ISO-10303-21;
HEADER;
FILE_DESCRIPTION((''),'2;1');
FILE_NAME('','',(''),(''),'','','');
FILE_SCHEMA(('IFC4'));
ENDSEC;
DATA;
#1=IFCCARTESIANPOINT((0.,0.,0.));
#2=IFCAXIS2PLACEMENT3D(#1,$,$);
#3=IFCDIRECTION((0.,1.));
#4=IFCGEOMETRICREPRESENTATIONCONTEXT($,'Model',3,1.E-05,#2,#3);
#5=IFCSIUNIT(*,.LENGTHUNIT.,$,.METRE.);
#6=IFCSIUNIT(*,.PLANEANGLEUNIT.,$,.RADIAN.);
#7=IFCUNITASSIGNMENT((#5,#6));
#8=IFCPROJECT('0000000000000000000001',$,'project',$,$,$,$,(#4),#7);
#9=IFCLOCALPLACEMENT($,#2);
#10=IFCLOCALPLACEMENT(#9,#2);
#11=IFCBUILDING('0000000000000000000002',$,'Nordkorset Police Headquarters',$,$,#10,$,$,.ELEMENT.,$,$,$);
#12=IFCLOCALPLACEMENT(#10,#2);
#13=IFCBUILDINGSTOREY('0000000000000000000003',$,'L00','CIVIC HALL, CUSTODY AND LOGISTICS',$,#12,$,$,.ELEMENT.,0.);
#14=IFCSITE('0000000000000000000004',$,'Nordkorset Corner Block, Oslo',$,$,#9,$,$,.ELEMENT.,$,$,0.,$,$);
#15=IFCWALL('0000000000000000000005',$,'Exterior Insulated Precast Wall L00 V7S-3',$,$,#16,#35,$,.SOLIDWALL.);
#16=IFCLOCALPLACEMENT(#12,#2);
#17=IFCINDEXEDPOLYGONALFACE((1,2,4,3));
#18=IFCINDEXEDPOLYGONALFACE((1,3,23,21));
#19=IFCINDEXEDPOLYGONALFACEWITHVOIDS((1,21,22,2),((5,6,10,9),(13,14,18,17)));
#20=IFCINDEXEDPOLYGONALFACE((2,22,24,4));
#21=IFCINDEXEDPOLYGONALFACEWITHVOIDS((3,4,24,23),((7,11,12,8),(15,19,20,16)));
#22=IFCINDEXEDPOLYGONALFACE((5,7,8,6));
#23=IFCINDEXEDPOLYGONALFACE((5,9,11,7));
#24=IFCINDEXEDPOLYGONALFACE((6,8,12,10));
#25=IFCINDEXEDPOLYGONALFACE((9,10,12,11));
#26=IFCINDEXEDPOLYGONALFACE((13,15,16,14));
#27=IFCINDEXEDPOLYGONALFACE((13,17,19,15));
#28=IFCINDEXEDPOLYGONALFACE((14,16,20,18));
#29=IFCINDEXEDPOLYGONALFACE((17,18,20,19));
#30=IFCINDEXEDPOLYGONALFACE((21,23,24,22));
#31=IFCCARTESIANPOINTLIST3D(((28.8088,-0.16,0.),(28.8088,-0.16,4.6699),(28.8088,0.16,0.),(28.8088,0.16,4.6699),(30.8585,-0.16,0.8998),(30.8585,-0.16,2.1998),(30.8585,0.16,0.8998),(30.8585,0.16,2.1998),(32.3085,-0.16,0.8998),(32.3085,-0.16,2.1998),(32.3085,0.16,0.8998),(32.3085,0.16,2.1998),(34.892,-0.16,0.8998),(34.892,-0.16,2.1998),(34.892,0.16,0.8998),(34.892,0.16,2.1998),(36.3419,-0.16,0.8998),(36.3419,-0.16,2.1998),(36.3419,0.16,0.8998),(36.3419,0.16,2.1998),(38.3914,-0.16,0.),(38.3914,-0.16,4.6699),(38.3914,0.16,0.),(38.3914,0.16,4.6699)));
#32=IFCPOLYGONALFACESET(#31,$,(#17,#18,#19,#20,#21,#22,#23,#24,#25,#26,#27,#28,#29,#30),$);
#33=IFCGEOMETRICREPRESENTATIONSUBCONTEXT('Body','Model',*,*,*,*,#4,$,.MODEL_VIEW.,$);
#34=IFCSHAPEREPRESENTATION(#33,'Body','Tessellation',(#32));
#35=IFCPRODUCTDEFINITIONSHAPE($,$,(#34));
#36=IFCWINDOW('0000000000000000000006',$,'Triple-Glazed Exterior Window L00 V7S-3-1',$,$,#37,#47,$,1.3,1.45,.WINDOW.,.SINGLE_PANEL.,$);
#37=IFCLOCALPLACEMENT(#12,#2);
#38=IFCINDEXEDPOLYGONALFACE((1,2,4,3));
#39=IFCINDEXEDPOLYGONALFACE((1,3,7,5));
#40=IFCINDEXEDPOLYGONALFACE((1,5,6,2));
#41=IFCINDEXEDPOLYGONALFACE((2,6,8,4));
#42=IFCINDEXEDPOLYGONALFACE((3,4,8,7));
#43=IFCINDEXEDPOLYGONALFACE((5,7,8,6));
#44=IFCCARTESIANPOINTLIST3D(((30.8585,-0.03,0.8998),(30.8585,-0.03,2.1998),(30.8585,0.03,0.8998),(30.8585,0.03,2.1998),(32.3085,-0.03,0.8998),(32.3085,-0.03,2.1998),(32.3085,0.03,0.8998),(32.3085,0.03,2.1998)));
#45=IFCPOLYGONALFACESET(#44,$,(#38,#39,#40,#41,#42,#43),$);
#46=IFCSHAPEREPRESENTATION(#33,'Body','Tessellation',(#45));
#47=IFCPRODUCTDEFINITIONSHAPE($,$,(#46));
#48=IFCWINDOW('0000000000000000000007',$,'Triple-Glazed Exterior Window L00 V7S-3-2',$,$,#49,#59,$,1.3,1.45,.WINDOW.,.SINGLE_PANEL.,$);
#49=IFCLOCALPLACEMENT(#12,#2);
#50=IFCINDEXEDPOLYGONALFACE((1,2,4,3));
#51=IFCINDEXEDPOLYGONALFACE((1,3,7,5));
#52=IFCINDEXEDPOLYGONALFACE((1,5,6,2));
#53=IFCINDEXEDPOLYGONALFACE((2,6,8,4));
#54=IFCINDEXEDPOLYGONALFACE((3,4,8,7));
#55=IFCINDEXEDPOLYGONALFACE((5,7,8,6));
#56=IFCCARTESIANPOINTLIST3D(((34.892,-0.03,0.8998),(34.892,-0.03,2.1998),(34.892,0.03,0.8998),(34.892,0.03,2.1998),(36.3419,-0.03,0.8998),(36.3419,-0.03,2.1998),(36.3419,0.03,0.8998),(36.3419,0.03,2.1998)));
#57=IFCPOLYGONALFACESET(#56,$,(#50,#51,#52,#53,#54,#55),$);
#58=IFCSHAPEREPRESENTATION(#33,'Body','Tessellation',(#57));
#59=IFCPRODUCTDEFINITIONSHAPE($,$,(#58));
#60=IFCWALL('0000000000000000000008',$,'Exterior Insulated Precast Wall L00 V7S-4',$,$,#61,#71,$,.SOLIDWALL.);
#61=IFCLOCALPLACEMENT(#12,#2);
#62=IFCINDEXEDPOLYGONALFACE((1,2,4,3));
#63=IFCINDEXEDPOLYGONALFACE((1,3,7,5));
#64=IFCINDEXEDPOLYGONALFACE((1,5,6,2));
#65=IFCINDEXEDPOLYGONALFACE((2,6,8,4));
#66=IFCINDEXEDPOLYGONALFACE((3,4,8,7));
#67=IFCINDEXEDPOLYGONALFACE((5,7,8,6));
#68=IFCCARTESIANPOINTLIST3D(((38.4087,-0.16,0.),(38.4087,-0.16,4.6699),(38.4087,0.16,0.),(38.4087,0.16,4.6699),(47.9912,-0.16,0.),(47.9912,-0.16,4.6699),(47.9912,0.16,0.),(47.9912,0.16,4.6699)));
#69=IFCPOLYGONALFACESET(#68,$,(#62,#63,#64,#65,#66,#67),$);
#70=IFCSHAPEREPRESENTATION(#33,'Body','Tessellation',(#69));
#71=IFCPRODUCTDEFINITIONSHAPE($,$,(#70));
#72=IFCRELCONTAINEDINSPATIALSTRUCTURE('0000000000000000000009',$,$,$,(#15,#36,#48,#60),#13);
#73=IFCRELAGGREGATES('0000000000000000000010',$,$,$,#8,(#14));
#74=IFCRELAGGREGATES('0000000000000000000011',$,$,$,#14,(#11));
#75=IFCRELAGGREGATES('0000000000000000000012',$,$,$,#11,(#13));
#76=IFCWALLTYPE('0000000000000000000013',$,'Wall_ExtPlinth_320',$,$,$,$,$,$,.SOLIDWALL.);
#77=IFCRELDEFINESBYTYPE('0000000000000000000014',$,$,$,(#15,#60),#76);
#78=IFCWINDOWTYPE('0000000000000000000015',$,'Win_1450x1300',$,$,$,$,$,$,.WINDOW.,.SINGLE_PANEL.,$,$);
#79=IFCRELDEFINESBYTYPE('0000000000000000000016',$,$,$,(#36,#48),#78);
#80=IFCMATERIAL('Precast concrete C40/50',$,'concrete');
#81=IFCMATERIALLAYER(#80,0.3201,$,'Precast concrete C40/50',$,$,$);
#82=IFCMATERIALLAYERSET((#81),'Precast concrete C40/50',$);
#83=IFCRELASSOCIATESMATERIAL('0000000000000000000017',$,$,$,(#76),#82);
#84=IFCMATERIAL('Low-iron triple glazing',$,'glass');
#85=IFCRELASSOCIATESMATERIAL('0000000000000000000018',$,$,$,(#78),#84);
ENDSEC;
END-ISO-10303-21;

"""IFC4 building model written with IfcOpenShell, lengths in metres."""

from ifc_helpers import new_model, si_unit, direction, frame, frame_2d, origin, place, context, subcontext, project, spatial, rectangle, extrude, material, layer, layer_set, type_object, element, fill, save


model = new_model("IFC4")

# Units and contexts
model_context = context("Model", 3, precision=1e-05, world=origin(), true_north=direction((0.0, 1.0)))
body_context = subcontext(model_context, "Body", "Model", "MODEL_VIEW")
ifc_project = project(units=[si_unit("LENGTHUNIT", "METRE"), si_unit("PLANEANGLEUNIT", "RADIAN")], contexts=[model_context])

# Site, building, storey
site_placement = place(None, origin())
site = spatial("IfcSite", under=ifc_project, at=site_placement, Name="Nordkorset Corner Block, Oslo", CompositionType="ELEMENT", RefElevation=0.0)
building_placement = place(site_placement, origin())
building = spatial("IfcBuilding", under=site, at=building_placement, Name="Nordkorset Police Headquarters", CompositionType="ELEMENT")
storey_placement = place(building_placement, origin())
storey = spatial("IfcBuildingStorey", under=building, at=storey_placement, Name="L00", Description="CIVIC HALL, CUSTODY AND LOGISTICS", CompositionType="ELEMENT", Elevation=0.0)

# Shared definitions
ifc_material_1 = material(Name="Precast concrete C40/50", Category="concrete")
ifc_layer_1 = layer(ifc_material_1, 0.3201, Name="Precast concrete C40/50")
ifc_layer_set_1 = layer_set([ifc_layer_1], Name="Precast concrete C40/50")
wall_type = type_object("IfcWallType", Name="Wall_ExtPlinth_320", PredefinedType="SOLIDWALL", material=ifc_layer_set_1)

# Wall, openings, windows
wall_1_placement = place(storey_placement, frame((28.8088, 0.0, 0.0), z_axis=(0.0, 0.0, 1.0), x_axis=(1.0, 0.0, 0.0)))
wall_1 = element("IfcWall", 1, at=wall_1_placement, inside=storey, type_object=wall_type, Name="Exterior Insulated Precast Wall L00 V7S-3", PredefinedType="SOLIDWALL", context=body_context, shape_type="SweptSolid", body=[
    extrude(rectangle(XDim=9.5825, YDim=0.3201, at=frame_2d((4.7913, 0.0))), origin(), (0.0, 0.0, 1.0), 4.6699),
])
opening_1_placement = place(wall_1_placement, frame((2.0496, 0.0, 0.8999)))
opening_1 = element("IfcOpeningElement", 2, at=opening_1_placement, cuts=wall_1, PredefinedType="OPENING", context=body_context, shape_type="SweptSolid", body=[
    extrude(rectangle(XDim=1.45, YDim=1.3, at=frame_2d((0.7251, 0.6499))), frame((0.0, 0.1699, 0.0), z_axis=(0.0, -1.0, 0.0), x_axis=(1.0, 0.0, 0.0)), (0.0, 0.0, 1.0), 0.3401),
])
opening_2_placement = place(wall_1_placement, frame((6.083, 0.0, 0.8999)))
opening_2 = element("IfcOpeningElement", 3, at=opening_2_placement, cuts=wall_1, PredefinedType="OPENING", context=body_context, shape_type="SweptSolid", body=[
    extrude(rectangle(XDim=1.45, YDim=1.3, at=frame_2d((0.7251, 0.6499))), frame((0.0, 0.1699, 0.0), z_axis=(0.0, -1.0, 0.0), x_axis=(1.0, 0.0, 0.0)), (0.0, 0.0, 1.0), 0.3401),
])
ifc_material_2 = material(Name="Low-iron triple glazing", Category="glass")
window_type = type_object("IfcWindowType", Name="Win_1450x1300", PartitioningType="SINGLE_PANEL", PredefinedType="WINDOW", material=ifc_material_2)
window_1_placement = place(opening_1_placement, origin())
window_1 = element("IfcWindow", 4, at=window_1_placement, inside=storey, type_object=window_type, Name="Triple-Glazed Exterior Window L00 V7S-3-1", OverallHeight=1.3, OverallWidth=1.45, PartitioningType="SINGLE_PANEL", PredefinedType="WINDOW", context=body_context, shape_type="SweptSolid", body=[
    extrude(rectangle(XDim=1.45, YDim=1.3, at=frame_2d((0.7251, 0.6499))), frame((0.0, 0.03, 0.0), z_axis=(0.0, -1.0, 0.0), x_axis=(1.0, 0.0, 0.0)), (0.0, 0.0, 1.0), 0.0601),
])
fill(opening_1, window_1)
window_2_placement = place(opening_2_placement, origin())
window_2 = element("IfcWindow", 5, at=window_2_placement, inside=storey, type_object=window_type, Name="Triple-Glazed Exterior Window L00 V7S-3-2", OverallHeight=1.3, OverallWidth=1.45, PartitioningType="SINGLE_PANEL", PredefinedType="WINDOW", context=body_context, shape_type="SweptSolid", body=[
    extrude(rectangle(XDim=1.45, YDim=1.3, at=frame_2d((0.7251, 0.6499))), frame((0.0, 0.03, 0.0), z_axis=(0.0, -1.0, 0.0), x_axis=(1.0, 0.0, 0.0)), (0.0, 0.0, 1.0), 0.0601),
])
fill(opening_2, window_2)

# Wall
wall_2_placement = place(storey_placement, frame((38.4087, 0.0, 0.0), z_axis=(0.0, 0.0, 1.0), x_axis=(1.0, 0.0, 0.0)))
element("IfcWall", 6, at=wall_2_placement, inside=storey, type_object=wall_type, Name="Exterior Insulated Precast Wall L00 V7S-4", PredefinedType="SOLIDWALL", context=body_context, shape_type="SweptSolid", body=[
    extrude(rectangle(XDim=9.5825, YDim=0.3201, at=frame_2d((4.7913, 0.0))), origin(), (0.0, 0.0, 1.0), 4.6699),
])

save(model, "model.ifc")
